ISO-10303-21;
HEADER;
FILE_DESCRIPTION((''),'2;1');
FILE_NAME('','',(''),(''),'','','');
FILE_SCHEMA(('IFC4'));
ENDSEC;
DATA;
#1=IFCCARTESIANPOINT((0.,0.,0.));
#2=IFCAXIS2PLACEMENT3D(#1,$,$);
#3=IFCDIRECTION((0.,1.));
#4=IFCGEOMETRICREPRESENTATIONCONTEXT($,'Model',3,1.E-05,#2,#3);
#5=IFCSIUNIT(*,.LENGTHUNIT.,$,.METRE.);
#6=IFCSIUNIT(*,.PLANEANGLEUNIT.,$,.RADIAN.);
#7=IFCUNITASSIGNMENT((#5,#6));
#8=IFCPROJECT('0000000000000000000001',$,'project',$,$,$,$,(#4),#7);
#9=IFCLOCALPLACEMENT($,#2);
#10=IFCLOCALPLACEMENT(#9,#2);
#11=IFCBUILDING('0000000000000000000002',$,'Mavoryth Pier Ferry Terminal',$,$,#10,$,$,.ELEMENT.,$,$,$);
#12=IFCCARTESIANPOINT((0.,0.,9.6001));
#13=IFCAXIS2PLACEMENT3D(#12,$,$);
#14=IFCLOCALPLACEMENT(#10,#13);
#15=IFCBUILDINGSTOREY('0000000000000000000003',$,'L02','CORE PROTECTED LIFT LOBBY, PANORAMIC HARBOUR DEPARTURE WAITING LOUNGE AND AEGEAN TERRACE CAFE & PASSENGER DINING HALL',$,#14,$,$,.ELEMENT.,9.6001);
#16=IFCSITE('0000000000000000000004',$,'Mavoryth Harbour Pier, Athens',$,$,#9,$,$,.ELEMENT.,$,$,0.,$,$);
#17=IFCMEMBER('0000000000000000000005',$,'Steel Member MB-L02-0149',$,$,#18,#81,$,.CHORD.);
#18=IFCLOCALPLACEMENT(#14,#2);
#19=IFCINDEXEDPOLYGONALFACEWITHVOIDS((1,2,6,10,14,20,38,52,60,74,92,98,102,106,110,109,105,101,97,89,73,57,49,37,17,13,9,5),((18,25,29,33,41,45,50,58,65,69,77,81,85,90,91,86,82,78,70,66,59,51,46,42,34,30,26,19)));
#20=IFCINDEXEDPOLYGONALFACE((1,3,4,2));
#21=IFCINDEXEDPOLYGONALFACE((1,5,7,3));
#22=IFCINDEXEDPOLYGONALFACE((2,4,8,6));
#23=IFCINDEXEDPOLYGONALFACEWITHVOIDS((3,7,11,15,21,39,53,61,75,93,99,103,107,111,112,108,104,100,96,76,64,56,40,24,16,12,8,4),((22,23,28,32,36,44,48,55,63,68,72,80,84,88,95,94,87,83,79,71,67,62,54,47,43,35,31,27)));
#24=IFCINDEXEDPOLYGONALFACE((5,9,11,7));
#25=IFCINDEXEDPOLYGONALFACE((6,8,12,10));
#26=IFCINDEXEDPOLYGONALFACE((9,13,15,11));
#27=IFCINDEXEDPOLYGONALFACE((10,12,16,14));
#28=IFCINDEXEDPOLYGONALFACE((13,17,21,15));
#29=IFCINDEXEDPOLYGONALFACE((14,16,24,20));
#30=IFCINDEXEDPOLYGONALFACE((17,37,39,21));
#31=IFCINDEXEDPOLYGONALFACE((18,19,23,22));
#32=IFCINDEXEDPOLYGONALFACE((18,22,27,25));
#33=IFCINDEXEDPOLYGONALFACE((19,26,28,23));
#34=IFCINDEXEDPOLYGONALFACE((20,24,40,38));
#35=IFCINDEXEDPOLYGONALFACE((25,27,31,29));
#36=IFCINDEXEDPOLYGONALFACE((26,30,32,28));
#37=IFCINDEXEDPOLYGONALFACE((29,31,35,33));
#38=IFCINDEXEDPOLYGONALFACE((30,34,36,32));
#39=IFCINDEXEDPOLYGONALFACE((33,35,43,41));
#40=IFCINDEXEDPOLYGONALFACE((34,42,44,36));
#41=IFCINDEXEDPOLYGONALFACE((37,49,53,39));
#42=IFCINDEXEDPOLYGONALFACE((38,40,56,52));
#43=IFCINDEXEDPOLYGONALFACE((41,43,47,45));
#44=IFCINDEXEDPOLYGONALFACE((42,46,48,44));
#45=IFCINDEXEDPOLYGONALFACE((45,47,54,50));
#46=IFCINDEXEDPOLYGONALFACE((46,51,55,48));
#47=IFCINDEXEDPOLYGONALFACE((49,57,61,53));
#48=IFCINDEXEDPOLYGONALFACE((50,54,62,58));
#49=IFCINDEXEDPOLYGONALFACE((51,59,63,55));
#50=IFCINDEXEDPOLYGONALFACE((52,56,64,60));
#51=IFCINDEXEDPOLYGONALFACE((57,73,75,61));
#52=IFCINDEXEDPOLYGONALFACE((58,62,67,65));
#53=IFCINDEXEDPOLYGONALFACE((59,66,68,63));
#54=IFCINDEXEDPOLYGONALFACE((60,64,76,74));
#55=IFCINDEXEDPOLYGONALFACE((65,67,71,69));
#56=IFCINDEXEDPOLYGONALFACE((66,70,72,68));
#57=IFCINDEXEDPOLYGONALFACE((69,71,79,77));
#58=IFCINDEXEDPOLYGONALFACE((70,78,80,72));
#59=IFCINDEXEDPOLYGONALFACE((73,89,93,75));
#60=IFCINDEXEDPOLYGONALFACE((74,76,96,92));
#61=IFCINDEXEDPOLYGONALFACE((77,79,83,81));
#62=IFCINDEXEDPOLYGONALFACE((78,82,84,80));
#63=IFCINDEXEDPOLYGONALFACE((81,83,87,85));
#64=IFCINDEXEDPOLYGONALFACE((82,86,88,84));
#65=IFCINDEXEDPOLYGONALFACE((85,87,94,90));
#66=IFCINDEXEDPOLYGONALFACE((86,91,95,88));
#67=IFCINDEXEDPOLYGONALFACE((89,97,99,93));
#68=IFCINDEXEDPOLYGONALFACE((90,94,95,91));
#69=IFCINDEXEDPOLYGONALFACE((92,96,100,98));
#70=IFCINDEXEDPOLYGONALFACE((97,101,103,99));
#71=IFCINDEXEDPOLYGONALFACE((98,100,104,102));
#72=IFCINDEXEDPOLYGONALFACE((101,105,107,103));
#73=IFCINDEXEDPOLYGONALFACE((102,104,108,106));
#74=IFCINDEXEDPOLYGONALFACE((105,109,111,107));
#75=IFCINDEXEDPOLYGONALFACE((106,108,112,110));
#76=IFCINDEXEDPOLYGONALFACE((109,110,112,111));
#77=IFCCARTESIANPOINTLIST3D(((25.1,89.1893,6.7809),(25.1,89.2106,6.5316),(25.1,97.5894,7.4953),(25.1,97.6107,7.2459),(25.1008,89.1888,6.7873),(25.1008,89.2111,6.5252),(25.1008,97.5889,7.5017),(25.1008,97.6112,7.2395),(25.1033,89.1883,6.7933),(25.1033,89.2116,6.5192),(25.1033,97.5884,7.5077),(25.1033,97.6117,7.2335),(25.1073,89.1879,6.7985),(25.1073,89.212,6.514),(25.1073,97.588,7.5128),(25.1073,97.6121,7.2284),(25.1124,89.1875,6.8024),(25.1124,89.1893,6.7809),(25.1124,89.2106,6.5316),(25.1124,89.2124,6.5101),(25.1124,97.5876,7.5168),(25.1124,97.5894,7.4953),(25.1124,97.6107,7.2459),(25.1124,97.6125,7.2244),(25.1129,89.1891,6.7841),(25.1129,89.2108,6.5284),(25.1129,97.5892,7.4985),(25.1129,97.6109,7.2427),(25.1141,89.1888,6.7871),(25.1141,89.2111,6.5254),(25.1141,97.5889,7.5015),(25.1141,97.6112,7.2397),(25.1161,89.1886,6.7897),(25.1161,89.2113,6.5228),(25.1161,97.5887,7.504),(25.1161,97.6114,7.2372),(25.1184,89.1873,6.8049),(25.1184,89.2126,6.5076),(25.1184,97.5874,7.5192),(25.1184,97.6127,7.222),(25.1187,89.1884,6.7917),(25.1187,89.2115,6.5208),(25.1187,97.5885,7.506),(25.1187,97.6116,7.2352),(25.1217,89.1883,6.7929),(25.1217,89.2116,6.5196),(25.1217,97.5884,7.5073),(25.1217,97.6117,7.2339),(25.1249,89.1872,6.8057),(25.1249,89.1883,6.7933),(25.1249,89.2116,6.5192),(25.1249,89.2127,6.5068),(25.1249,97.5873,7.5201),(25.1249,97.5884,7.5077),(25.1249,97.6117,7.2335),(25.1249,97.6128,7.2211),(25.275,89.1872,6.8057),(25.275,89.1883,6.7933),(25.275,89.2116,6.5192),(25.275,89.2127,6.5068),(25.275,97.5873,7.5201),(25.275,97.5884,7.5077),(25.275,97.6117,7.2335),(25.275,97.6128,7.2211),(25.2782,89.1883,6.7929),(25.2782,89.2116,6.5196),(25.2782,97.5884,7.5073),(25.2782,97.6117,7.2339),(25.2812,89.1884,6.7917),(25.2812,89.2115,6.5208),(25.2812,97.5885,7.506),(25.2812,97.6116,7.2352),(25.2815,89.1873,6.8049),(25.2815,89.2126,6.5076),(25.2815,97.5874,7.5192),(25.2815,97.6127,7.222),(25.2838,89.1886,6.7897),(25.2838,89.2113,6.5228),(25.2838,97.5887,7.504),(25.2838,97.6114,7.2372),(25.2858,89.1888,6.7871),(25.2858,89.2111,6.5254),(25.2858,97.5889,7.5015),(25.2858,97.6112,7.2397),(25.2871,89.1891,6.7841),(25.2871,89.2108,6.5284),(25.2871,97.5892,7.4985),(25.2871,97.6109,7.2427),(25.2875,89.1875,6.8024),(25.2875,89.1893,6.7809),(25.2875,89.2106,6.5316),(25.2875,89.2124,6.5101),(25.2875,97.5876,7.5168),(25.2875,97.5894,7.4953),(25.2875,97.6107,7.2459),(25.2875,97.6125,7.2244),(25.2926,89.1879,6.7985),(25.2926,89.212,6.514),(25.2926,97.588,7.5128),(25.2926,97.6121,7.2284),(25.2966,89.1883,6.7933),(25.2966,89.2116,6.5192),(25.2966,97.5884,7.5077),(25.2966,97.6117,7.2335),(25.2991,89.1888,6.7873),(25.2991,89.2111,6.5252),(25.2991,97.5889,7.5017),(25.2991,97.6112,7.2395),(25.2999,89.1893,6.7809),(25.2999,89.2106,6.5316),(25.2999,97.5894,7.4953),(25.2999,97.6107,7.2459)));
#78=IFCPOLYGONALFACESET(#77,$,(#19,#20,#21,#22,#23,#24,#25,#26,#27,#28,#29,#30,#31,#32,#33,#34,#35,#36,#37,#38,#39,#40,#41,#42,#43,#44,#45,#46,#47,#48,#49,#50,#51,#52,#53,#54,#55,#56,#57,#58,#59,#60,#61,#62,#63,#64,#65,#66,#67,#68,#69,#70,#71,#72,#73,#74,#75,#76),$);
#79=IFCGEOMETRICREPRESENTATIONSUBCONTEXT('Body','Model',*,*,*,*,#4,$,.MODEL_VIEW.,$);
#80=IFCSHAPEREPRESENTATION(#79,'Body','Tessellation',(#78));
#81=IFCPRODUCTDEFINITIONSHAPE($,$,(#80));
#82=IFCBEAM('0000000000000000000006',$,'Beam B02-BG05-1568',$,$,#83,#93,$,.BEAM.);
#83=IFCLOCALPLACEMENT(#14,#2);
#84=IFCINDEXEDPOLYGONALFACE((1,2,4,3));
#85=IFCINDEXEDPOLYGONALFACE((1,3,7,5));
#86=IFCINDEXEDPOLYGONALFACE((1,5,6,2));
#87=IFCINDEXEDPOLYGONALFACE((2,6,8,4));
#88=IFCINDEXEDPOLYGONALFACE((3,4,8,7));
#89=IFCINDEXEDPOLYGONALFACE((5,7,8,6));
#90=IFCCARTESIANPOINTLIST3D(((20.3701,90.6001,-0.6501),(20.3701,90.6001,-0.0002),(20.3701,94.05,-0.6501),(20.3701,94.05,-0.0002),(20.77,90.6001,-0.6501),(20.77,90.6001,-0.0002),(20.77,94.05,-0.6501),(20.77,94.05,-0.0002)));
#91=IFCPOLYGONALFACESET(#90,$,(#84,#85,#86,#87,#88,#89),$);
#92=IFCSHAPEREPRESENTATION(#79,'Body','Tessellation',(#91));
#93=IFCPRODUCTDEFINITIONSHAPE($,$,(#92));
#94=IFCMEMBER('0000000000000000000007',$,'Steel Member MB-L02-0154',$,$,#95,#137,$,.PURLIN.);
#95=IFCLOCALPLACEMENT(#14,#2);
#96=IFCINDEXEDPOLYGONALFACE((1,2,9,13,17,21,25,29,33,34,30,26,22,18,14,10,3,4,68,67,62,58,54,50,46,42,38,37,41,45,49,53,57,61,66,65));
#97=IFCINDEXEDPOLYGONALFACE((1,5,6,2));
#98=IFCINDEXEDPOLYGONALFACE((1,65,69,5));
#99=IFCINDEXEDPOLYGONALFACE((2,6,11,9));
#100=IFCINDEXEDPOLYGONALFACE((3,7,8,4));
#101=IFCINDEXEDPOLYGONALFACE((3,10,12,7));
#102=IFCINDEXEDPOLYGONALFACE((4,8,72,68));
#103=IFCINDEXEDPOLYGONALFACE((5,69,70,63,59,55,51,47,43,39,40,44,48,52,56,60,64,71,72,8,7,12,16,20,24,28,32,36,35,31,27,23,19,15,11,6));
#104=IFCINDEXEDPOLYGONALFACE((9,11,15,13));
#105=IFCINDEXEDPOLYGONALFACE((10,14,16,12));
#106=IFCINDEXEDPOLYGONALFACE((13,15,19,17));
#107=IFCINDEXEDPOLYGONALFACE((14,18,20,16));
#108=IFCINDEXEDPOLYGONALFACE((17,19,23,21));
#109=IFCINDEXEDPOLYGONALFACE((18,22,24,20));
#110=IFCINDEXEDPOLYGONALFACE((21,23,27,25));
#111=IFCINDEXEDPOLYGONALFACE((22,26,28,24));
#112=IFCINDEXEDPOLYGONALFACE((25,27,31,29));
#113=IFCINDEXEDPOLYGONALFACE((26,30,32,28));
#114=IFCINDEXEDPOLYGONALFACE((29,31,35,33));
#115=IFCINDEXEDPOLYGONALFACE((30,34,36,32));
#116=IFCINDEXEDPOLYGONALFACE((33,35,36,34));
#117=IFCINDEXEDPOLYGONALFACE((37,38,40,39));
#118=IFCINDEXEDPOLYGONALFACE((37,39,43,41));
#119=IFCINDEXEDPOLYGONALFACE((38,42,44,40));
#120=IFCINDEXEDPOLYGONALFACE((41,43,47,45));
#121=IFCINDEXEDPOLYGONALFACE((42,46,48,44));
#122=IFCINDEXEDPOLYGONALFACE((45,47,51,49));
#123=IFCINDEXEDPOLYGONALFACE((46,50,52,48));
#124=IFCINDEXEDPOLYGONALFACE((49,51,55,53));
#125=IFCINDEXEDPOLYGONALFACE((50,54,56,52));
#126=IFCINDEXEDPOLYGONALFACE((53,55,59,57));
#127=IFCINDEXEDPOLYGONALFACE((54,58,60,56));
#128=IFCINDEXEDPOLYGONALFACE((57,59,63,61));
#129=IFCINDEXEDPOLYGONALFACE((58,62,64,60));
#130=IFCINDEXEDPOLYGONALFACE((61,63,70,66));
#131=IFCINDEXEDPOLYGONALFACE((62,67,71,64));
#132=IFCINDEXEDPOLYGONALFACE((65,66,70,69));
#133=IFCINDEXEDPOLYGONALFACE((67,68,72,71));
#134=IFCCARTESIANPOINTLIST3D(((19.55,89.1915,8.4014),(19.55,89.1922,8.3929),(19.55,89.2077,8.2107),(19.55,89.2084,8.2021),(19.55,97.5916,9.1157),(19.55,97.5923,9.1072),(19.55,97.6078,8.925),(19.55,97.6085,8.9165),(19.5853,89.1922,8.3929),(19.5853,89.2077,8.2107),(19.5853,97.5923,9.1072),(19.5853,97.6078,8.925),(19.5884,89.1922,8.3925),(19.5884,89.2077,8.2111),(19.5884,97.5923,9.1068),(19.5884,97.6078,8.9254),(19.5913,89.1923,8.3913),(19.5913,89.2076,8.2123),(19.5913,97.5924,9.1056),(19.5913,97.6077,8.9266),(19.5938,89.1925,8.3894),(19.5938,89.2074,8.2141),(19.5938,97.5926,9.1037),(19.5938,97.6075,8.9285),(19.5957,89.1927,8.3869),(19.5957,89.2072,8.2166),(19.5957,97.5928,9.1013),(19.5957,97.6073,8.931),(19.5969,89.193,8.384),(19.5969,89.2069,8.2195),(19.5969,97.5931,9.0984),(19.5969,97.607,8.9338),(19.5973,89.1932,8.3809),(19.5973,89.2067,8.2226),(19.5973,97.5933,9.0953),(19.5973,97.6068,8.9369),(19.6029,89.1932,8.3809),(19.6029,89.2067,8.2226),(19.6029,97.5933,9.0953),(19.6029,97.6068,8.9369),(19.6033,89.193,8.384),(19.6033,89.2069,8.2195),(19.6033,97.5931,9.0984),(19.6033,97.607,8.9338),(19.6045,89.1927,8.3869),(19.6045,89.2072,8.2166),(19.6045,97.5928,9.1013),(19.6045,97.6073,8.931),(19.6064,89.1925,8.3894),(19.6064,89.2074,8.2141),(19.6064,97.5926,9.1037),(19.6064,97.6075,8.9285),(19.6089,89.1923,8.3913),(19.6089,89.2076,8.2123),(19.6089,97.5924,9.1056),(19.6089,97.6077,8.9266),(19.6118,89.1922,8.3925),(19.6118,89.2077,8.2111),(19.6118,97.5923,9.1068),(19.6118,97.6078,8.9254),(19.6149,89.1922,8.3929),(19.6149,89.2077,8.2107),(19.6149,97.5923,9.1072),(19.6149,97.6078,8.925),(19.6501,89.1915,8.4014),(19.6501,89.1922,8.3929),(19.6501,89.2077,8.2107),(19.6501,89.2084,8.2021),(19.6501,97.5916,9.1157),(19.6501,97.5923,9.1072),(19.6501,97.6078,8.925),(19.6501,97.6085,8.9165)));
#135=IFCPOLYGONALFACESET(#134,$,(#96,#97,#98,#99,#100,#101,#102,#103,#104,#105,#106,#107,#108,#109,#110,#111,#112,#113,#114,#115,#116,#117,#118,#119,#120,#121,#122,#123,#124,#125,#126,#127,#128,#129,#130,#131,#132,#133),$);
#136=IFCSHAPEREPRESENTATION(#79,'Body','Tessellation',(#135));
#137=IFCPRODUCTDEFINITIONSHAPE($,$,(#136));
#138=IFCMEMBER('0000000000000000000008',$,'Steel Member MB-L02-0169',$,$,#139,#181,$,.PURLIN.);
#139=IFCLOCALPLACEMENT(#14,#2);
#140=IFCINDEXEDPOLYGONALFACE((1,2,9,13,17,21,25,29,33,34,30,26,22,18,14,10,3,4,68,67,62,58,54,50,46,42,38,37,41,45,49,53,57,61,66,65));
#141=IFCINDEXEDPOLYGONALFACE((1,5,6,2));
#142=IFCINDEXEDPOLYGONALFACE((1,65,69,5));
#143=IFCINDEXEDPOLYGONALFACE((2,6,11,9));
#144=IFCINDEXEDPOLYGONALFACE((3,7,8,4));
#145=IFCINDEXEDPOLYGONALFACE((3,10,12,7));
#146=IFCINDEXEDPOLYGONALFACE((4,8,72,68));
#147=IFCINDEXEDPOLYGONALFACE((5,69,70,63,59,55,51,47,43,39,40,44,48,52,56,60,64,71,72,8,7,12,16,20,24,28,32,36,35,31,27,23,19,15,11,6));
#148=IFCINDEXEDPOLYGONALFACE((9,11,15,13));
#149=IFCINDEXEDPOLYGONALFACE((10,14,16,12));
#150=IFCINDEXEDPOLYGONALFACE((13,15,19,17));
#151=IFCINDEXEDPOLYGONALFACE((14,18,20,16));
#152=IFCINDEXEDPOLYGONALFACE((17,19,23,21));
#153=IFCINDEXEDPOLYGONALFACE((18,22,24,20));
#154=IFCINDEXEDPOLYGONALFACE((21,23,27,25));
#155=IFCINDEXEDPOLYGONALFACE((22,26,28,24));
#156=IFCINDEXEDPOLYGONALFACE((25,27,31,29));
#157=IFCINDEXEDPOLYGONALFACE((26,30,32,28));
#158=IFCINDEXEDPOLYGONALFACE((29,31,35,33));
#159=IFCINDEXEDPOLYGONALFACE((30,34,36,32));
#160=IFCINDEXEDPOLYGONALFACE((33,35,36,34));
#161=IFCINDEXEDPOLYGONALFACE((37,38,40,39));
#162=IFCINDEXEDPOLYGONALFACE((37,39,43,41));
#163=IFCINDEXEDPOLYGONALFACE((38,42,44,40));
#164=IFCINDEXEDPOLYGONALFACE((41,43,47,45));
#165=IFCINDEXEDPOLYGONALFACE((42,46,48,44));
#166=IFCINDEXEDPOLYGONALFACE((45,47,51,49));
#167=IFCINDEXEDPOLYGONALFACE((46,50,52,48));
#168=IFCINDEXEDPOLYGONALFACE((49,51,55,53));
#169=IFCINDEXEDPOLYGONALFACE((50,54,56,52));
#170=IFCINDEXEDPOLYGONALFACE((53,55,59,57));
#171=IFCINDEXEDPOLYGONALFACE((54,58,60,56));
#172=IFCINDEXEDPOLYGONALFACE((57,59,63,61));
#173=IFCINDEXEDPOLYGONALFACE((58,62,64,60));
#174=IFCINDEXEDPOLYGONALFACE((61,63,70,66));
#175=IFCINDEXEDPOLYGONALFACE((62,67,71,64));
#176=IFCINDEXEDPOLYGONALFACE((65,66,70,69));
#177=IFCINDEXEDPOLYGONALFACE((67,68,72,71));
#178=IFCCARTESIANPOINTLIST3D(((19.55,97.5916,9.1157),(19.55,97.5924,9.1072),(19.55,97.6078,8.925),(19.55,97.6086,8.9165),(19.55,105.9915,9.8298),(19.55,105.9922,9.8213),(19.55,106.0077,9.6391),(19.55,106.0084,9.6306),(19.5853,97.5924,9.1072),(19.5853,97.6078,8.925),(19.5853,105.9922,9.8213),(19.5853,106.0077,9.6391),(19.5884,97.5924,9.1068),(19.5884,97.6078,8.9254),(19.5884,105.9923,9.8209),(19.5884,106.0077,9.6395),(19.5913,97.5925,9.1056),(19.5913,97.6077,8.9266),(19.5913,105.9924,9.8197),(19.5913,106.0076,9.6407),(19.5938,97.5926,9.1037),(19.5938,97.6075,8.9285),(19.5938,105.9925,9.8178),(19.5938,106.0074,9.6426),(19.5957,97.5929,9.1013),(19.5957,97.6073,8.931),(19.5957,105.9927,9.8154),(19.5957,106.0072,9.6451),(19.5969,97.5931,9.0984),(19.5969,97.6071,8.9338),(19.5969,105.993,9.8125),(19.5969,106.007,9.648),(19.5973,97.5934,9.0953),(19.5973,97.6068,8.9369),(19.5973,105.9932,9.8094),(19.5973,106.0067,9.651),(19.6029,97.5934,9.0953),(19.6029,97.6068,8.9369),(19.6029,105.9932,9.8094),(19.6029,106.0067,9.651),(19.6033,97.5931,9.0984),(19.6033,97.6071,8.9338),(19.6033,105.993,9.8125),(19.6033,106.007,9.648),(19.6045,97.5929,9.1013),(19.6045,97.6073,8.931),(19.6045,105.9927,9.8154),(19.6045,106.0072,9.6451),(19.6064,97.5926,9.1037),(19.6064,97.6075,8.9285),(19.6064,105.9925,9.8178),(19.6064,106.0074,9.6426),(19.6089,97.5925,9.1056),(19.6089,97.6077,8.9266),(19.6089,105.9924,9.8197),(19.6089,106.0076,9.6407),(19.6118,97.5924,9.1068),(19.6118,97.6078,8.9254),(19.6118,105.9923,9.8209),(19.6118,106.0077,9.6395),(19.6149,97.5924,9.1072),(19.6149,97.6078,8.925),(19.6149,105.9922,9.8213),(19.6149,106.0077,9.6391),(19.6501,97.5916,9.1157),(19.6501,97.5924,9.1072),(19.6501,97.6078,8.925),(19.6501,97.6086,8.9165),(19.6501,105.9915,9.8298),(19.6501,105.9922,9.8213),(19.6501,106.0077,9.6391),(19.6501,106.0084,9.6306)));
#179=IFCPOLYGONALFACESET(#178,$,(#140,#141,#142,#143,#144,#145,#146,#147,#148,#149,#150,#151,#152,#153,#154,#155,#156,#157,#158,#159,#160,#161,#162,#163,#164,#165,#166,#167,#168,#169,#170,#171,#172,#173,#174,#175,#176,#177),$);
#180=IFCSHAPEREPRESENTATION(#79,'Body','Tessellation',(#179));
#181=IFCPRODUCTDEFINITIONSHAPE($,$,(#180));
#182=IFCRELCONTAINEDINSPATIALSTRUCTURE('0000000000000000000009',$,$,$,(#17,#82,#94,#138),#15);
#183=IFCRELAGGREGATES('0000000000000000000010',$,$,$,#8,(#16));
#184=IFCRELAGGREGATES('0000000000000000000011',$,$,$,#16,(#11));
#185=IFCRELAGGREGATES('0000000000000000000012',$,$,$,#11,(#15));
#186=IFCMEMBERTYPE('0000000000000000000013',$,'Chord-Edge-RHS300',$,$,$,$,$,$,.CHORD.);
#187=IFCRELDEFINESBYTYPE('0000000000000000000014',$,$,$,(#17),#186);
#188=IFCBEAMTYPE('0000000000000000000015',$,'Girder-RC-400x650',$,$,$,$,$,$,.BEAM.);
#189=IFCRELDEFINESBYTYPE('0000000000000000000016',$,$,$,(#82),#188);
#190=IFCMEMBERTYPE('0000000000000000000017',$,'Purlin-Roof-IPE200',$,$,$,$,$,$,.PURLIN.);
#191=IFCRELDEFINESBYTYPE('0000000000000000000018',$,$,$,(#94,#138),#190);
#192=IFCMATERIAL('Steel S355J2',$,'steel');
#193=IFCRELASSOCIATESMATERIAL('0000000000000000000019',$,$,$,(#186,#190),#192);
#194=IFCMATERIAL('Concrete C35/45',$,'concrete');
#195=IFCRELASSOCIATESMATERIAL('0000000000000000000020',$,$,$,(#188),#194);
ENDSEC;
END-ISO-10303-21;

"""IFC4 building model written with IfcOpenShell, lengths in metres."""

from ifc_helpers import new_model, si_unit, direction, frame, origin, origin_2d, place, context, subcontext, project, spatial, rectangle, hollow_rectangle, i_section, extrude, material, material_profile, profile_set, type_object, element, save


model = new_model("IFC4")

# Units and contexts
model_context = context("Model", 3, precision=1e-05, world=origin(), true_north=direction((0.0, 1.0)))
body_context = subcontext(model_context, "Body", "Model", "MODEL_VIEW")
ifc_project = project(units=[si_unit("LENGTHUNIT", "METRE"), si_unit("PLANEANGLEUNIT", "RADIAN")], contexts=[model_context])

# Site, building, storey
site_placement = place(None, origin())
site = spatial("IfcSite", under=ifc_project, at=site_placement, Name="Mavoryth Harbour Pier, Athens", CompositionType="ELEMENT", RefElevation=0.0)
building_placement = place(site_placement, origin())
building = spatial("IfcBuilding", under=site, at=building_placement, Name="Mavoryth Pier Ferry Terminal", CompositionType="ELEMENT")
storey_placement = place(building_placement, frame((0.0, 0.0, 9.6001)))
storey = spatial("IfcBuildingStorey", under=building, at=storey_placement, Name="L02", Description="CORE PROTECTED LIFT LOBBY, PANORAMIC HARBOUR DEPARTURE WAITING LOUNGE AND AEGEAN TERRACE CAFE & PASSENGER DINING HALL", CompositionType="ELEMENT", Elevation=9.6001)

# Shared definitions
ifc_material_1 = material(Name="Steel S355J2", Category="steel")

# Member
ifc_material_profile_1 = material_profile(ifc_material_1, hollow_rectangle(XDim=0.2, YDim=0.3, WallThickness=0.0125, InnerFilletRadius=0.0125, OuterFilletRadius=0.0249, at=origin_2d()), Name="RHS 300x200x12.5", Category="steel")
ifc_profile_set_1 = profile_set([ifc_material_profile_1], Name="Steel S355J2 - RHS 300x200x12.5")
member_type_1 = type_object("IfcMemberType", Name="Chord-Edge-RHS300", PredefinedType="CHORD", material=ifc_profile_set_1)
member_1_placement = place(storey_placement, frame((25.2, 89.2, 6.6562), z_axis=(0.0, 0.996404, 0.084735), x_axis=(-1.0, 0.0, 0.0)))
element("IfcMember", 1, at=member_1_placement, inside=storey, type_object=member_type_1, Name="Steel Member MB-L02-0149", PredefinedType="CHORD", context=body_context, shape_type="SweptSolid", body=[
    extrude(hollow_rectangle(XDim=0.2, YDim=0.3, WallThickness=0.0125, InnerFilletRadius=0.0125, OuterFilletRadius=0.0249, at=origin_2d()), origin(), (0.0, 0.0, 1.0), 8.4304),
])

# Beam
ifc_material_2 = material(Name="Concrete C35/45", Category="concrete")
ifc_material_profile_2 = material_profile(ifc_material_2, rectangle(XDim=0.3999, YDim=0.6499, at=origin_2d()), Name="RC 400x650", Category="concrete")
ifc_profile_set_2 = profile_set([ifc_material_profile_2], Name="Concrete C35/45 - RC 400x650")
beam_type_1 = type_object("IfcBeamType", Name="Girder-RC-400x650", PredefinedType="BEAM", material=ifc_profile_set_2)
beam_1_placement = place(storey_placement, frame((20.5701, 90.6001, -0.3252), z_axis=(0.0, 1.0, 0.0), x_axis=(-1.0, 0.0, 0.0)))
element("IfcBeam", 2, at=beam_1_placement, inside=storey, type_object=beam_type_1, Name="Beam B02-BG05-1568", PredefinedType="BEAM", context=body_context, shape_type="SweptSolid", body=[
    extrude(rectangle(XDim=0.3999, YDim=0.6499, at=origin_2d()), origin(), (0.0, 0.0, 1.0), 3.45),
])

# Members
ifc_material_profile_3 = material_profile(ifc_material_1, i_section(OverallWidth=0.1001, OverallDepth=0.2, WebThickness=0.0056, FlangeThickness=0.0085, FilletRadius=0.012, at=origin_2d()), Name="IPE 200", Category="steel")
ifc_profile_set_3 = profile_set([ifc_material_profile_3], Name="Steel S355J2 - IPE 200")
member_type_2 = type_object("IfcMemberType", Name="Purlin-Roof-IPE200", PredefinedType="PURLIN", material=ifc_profile_set_3)
member_2_placement = place(storey_placement, frame((19.6001, 89.2, 8.3018), z_axis=(0.0, 0.996404, 0.084735), x_axis=(-1.0, 0.0, 0.0)))
element("IfcMember", 3, at=member_2_placement, inside=storey, type_object=member_type_2, Name="Steel Member MB-L02-0154", PredefinedType="PURLIN", context=body_context, shape_type="SweptSolid", body=[
    extrude(i_section(OverallWidth=0.1001, OverallDepth=0.2, WebThickness=0.0056, FlangeThickness=0.0085, FilletRadius=0.012, at=origin_2d()), origin(), (0.0, 0.0, 1.0), 8.4304),
])
member_3_placement = place(storey_placement, frame((19.6001, 97.6001, 9.0161), z_axis=(0.0, 0.996406, 0.084709), x_axis=(-1.0, 0.0, 0.0)))
element("IfcMember", 4, at=member_3_placement, inside=storey, type_object=member_type_2, Name="Steel Member MB-L02-0169", PredefinedType="PURLIN", context=body_context, shape_type="SweptSolid", body=[
    extrude(i_section(OverallWidth=0.1001, OverallDepth=0.2, WebThickness=0.0056, FlangeThickness=0.0085, FilletRadius=0.012, at=origin_2d()), origin(), (0.0, 0.0, 1.0), 8.4302),
])

save(model, "model.ifc")
